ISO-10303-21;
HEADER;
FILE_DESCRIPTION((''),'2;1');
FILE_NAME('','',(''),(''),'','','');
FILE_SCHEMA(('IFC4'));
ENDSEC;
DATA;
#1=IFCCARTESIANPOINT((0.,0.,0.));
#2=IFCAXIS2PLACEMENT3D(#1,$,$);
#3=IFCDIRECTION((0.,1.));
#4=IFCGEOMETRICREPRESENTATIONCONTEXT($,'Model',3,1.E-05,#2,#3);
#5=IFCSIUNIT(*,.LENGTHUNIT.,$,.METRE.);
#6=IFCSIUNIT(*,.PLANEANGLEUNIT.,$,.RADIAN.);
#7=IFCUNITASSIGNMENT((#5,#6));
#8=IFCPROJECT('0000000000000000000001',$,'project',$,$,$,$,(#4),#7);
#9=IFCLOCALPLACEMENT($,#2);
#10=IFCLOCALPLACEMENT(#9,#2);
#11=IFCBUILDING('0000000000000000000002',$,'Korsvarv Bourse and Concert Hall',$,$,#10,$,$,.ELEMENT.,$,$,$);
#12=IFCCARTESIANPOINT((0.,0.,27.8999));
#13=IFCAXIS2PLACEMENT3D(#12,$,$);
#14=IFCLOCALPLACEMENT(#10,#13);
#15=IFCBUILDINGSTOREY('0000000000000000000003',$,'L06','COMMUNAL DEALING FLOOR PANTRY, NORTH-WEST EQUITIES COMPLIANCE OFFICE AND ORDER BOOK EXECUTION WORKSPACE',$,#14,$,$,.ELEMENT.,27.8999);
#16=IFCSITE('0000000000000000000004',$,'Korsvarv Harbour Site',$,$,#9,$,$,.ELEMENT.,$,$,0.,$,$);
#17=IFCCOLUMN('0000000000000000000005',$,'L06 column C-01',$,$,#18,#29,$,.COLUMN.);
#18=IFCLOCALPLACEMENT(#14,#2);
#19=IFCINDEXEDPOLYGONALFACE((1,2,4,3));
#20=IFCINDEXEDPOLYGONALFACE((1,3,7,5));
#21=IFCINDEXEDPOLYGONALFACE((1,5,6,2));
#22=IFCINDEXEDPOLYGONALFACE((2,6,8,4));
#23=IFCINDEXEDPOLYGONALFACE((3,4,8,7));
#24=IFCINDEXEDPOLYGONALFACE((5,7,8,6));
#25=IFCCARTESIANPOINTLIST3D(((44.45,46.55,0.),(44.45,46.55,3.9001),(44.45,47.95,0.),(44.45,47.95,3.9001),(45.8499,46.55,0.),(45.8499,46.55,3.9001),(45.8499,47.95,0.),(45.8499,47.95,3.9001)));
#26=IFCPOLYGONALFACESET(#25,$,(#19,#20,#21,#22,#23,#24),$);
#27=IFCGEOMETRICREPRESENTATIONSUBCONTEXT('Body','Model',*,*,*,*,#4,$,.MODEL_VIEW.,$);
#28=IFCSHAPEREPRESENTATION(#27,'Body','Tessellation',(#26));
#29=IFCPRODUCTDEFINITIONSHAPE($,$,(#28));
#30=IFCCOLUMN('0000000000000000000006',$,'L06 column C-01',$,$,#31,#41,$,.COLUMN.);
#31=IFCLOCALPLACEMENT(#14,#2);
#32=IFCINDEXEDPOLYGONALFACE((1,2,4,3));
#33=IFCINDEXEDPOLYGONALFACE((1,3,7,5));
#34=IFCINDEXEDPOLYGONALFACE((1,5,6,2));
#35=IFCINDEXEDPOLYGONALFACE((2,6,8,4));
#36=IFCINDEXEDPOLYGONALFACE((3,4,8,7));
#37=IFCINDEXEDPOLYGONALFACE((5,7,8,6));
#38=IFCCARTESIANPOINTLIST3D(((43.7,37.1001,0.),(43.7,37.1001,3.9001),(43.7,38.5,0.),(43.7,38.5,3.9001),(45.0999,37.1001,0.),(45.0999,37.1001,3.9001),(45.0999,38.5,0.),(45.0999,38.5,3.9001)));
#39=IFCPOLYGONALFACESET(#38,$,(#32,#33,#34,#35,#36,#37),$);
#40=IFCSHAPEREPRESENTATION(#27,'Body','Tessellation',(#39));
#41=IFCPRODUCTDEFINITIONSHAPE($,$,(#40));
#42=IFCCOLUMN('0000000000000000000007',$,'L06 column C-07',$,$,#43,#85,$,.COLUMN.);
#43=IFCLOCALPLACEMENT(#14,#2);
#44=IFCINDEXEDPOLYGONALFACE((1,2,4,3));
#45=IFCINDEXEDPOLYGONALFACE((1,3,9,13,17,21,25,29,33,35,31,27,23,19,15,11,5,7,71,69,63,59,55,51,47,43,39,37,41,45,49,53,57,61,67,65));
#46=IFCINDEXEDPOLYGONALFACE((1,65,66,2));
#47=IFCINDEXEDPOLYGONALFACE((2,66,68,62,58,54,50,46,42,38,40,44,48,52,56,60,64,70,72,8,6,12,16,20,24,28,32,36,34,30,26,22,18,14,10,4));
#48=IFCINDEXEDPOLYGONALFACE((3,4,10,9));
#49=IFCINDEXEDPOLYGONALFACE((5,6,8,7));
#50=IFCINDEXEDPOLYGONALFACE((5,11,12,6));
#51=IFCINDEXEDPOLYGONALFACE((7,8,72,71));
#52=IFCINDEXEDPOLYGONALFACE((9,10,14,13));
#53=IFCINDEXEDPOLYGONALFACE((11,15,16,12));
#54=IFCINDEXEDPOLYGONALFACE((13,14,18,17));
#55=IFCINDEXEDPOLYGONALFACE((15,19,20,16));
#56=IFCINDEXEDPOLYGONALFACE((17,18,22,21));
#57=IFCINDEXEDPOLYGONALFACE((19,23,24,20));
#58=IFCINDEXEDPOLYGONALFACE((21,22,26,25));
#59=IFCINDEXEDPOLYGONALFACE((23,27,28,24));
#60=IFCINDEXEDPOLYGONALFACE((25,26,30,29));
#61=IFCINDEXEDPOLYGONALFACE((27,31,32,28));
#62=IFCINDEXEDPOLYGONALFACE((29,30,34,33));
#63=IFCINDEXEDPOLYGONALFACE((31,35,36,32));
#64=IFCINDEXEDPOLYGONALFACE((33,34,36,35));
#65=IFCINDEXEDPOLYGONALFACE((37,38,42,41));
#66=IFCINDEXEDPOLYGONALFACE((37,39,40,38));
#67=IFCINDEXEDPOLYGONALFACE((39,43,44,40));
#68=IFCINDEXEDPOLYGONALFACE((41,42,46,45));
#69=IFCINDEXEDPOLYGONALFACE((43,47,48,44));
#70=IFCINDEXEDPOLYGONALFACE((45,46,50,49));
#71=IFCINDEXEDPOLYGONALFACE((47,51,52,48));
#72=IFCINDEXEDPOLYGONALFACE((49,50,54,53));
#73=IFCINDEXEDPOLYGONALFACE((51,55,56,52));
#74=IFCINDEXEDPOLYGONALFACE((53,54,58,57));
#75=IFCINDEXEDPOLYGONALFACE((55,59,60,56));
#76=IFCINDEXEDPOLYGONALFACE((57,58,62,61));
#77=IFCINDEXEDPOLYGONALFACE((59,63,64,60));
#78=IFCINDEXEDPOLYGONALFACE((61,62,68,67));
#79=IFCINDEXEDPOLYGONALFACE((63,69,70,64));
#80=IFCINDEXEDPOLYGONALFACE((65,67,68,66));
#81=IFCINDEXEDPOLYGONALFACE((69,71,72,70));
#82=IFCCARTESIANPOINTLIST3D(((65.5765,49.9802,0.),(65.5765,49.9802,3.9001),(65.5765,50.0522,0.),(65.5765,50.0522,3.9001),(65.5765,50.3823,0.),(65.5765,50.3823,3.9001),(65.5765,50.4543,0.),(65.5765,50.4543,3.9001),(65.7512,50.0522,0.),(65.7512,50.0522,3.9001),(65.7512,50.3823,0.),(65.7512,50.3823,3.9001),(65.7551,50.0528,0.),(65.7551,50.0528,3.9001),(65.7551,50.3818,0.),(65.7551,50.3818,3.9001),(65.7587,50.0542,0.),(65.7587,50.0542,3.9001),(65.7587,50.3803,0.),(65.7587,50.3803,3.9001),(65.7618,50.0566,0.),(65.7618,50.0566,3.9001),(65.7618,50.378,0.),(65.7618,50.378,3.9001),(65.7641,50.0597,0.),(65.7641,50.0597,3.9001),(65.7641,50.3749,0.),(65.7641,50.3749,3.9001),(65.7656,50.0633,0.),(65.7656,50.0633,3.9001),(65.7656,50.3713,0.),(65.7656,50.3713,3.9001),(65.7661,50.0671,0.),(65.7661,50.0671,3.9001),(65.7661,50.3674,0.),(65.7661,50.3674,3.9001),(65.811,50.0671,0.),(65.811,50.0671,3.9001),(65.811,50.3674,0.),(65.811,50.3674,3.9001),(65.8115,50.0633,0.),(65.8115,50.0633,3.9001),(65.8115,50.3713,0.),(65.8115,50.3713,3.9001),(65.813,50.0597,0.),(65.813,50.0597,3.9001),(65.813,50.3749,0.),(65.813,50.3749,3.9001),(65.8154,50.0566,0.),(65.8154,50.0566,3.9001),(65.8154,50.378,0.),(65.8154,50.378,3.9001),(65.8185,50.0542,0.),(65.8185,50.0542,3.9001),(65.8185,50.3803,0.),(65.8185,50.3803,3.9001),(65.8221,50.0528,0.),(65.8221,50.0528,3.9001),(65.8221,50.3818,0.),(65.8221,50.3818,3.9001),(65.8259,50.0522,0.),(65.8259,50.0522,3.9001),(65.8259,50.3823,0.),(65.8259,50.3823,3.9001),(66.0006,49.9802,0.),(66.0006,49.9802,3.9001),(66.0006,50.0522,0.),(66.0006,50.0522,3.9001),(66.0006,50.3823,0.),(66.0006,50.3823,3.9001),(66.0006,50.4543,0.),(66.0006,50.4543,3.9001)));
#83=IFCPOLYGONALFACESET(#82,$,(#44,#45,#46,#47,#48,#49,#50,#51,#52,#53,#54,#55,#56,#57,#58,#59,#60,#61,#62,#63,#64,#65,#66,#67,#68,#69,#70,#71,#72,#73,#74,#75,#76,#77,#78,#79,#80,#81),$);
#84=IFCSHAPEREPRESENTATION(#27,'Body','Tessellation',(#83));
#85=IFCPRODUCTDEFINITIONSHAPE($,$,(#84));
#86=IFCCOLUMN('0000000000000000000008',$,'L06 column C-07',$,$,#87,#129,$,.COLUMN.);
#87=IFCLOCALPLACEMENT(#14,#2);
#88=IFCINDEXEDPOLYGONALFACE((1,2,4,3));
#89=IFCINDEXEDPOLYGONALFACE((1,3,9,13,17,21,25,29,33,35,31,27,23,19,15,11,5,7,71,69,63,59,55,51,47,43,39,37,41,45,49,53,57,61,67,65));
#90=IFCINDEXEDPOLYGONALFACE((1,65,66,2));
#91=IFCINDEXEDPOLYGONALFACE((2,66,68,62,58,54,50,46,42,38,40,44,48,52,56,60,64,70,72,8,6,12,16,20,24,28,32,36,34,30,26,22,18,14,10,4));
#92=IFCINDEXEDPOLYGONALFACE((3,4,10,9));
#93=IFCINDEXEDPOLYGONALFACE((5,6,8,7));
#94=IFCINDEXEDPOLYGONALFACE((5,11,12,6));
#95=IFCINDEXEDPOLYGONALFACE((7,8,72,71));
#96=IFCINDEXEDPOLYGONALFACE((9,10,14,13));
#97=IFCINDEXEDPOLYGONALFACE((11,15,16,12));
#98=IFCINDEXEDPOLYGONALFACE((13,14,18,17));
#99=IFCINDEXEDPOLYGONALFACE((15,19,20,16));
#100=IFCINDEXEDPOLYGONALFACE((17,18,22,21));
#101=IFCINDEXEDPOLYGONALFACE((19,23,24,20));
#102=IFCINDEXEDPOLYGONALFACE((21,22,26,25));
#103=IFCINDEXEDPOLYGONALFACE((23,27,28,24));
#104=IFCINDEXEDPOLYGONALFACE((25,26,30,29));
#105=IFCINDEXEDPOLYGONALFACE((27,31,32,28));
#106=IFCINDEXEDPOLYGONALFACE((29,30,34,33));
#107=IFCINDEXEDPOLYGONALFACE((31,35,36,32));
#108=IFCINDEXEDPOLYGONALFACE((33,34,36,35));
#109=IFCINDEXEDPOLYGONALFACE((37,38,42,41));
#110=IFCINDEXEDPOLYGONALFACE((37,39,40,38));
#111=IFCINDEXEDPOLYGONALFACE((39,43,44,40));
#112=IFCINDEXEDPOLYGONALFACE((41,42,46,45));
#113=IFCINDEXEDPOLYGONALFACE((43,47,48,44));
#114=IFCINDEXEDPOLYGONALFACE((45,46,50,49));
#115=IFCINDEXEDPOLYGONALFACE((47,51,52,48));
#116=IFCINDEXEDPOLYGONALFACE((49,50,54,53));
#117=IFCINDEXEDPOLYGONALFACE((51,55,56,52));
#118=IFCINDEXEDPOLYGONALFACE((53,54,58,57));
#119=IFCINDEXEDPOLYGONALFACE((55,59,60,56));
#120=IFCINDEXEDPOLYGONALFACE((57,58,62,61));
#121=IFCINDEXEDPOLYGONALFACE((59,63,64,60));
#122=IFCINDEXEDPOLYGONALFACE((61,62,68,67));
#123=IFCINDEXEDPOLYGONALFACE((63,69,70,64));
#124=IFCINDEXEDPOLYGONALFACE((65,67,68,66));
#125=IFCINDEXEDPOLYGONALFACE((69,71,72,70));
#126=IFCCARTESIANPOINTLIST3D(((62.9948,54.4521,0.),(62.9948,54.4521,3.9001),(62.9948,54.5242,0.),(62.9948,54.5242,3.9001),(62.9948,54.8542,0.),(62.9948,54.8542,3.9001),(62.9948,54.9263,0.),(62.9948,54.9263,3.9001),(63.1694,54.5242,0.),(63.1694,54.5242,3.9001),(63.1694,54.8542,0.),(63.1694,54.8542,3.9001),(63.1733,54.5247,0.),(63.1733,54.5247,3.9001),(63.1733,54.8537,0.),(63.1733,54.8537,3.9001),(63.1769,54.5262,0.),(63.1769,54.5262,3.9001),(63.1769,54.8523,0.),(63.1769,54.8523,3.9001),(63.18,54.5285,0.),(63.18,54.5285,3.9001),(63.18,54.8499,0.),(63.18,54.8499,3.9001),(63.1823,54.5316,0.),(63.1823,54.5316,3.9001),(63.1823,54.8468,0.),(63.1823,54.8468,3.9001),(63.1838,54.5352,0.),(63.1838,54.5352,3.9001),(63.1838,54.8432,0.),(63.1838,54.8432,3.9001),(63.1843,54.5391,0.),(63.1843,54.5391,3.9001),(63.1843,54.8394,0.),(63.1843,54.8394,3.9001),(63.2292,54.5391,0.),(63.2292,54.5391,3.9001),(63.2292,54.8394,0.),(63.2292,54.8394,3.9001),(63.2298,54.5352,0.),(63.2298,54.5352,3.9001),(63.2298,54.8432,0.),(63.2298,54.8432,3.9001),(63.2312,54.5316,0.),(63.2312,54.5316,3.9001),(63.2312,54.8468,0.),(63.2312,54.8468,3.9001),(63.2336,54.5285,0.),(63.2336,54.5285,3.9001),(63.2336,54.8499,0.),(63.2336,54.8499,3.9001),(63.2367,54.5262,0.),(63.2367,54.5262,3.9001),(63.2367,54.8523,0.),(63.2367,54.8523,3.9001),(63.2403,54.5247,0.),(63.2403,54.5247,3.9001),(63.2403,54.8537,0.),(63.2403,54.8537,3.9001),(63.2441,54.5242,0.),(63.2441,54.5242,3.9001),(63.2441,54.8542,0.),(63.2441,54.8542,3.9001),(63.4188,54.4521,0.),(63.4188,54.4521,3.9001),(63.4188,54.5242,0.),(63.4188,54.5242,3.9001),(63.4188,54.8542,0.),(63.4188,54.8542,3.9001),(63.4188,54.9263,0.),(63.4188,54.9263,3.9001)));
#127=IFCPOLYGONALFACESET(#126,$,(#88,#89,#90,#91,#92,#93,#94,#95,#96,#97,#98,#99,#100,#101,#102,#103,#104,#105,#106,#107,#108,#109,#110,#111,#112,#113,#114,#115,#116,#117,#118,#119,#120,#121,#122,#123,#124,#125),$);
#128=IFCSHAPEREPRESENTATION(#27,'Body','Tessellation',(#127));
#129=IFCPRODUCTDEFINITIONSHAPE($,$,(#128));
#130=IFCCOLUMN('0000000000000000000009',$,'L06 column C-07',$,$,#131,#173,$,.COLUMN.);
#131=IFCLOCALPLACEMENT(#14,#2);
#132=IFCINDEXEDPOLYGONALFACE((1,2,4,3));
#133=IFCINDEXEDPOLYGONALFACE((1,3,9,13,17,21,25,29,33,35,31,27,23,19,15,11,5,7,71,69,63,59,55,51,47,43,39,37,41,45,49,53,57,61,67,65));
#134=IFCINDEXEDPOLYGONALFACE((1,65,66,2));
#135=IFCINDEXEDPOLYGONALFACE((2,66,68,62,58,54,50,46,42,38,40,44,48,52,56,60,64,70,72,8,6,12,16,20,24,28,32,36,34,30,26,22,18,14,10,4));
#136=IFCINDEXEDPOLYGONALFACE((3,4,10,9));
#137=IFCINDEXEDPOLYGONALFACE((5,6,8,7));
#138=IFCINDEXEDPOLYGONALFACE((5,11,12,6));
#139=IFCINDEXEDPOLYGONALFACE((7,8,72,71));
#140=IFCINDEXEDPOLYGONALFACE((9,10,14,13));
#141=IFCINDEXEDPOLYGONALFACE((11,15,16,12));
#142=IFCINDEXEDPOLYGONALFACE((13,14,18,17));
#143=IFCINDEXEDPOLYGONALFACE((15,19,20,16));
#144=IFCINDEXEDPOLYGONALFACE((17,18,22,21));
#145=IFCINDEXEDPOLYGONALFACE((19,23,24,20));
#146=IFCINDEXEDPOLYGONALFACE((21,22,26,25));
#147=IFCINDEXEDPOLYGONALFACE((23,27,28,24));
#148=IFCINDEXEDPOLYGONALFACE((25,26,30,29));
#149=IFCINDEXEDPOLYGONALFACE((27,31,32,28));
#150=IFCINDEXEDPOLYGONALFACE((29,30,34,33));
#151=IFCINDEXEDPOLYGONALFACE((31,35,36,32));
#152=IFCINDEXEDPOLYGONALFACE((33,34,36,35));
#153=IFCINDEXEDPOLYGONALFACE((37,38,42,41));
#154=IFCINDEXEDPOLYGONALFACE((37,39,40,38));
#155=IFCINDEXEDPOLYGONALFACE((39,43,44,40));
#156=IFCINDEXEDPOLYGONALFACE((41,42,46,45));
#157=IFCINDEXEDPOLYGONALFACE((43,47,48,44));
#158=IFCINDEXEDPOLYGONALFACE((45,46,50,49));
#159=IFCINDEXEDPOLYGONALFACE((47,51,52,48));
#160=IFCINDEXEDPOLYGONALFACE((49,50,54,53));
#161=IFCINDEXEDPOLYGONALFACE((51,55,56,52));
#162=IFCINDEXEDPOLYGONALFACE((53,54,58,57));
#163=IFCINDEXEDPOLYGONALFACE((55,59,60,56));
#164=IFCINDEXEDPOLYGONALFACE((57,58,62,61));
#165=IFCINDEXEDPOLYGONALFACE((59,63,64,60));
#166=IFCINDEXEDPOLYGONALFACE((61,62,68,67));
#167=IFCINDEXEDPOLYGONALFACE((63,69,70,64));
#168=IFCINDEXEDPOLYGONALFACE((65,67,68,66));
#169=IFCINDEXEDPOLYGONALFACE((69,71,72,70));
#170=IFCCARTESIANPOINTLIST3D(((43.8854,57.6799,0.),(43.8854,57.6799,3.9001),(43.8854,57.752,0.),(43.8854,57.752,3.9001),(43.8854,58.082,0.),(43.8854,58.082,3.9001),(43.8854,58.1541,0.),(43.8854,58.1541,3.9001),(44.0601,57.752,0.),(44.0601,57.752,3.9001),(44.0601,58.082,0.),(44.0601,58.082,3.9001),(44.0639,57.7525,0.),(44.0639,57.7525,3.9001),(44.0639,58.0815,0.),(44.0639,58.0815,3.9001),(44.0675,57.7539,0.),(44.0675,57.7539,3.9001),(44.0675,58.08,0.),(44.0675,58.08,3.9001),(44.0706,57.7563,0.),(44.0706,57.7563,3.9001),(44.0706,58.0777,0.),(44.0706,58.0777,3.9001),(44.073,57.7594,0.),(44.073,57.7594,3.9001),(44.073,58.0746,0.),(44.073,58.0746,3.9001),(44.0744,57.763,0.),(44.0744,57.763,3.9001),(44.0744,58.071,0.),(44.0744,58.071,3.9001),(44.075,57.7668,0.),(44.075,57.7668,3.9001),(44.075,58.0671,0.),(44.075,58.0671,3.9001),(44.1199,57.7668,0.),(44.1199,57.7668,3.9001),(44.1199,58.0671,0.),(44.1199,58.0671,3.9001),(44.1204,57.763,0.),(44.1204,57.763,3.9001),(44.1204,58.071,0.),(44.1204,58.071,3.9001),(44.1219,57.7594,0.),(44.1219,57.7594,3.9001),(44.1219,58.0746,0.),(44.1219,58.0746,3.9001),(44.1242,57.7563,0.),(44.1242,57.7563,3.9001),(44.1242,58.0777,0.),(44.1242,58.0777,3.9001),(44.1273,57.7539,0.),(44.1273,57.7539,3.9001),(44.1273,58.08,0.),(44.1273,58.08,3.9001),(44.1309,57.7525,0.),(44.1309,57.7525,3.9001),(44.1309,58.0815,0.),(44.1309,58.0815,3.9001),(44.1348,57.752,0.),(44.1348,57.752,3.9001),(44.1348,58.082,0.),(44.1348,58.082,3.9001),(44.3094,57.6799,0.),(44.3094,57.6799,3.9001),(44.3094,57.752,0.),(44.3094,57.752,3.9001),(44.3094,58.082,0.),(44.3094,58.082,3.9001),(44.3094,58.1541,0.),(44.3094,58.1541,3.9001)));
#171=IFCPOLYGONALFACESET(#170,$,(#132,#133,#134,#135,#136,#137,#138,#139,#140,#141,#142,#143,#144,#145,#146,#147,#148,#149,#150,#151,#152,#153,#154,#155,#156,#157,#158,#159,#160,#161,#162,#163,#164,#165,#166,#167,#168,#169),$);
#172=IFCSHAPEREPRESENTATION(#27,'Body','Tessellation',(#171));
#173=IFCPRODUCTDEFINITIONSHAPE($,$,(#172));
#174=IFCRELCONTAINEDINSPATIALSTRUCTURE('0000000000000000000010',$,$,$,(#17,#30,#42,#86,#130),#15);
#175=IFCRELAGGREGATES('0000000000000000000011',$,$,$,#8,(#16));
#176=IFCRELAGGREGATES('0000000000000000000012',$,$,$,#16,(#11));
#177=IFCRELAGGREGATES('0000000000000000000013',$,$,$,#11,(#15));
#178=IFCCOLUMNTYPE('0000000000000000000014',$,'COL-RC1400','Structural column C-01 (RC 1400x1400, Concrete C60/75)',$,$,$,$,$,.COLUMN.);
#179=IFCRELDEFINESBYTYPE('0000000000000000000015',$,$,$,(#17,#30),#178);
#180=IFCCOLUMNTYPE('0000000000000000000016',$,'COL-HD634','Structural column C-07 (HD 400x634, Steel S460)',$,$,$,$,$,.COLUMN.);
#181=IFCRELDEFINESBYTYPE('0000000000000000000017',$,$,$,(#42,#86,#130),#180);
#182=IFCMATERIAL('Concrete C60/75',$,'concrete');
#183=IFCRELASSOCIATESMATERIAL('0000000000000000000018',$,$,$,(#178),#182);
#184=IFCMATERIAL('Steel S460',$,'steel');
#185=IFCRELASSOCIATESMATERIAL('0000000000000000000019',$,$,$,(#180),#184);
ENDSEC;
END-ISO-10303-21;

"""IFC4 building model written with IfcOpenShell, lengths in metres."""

from ifc_helpers import new_model, si_unit, direction, frame, origin, origin_2d, place, context, subcontext, project, spatial, rectangle, i_section, extrude, source, transform, mapped, material, material_profile, profile_set, type_object, element, save


model = new_model("IFC4")

# Units and contexts
model_context = context("Model", 3, precision=1e-05, world=origin(), true_north=direction((0.0, 1.0)))
body_context = subcontext(model_context, "Body", "Model", "MODEL_VIEW")
ifc_project = project(units=[si_unit("LENGTHUNIT", "METRE"), si_unit("PLANEANGLEUNIT", "RADIAN")], contexts=[model_context])

# Site, building, storey
site_placement = place(None, origin())
site = spatial("IfcSite", under=ifc_project, at=site_placement, Name="Korsvarv Harbour Site", CompositionType="ELEMENT", RefElevation=0.0)
building_placement = place(site_placement, origin())
building = spatial("IfcBuilding", under=site, at=building_placement, Name="Korsvarv Bourse and Concert Hall", CompositionType="ELEMENT")
storey_placement = place(building_placement, frame((0.0, 0.0, 27.8999)))
storey = spatial("IfcBuildingStorey", under=building, at=storey_placement, Name="L06", Description="COMMUNAL DEALING FLOOR PANTRY, NORTH-WEST EQUITIES COMPLIANCE OFFICE AND ORDER BOOK EXECUTION WORKSPACE", CompositionType="ELEMENT", Elevation=27.8999)

# Columns
ifc_material_1 = material(Name="Concrete C60/75", Category="concrete")
ifc_material_profile_1 = material_profile(ifc_material_1, rectangle(XDim=1.3999, YDim=1.3999, at=origin_2d()), Name="RC 1400x1400")
ifc_profile_set_1 = profile_set([ifc_material_profile_1], Name="Concrete C60/75")
column_type_1 = type_object("IfcColumnType", Name="COL-RC1400", Description="Structural column C-01 (RC 1400x1400, Concrete C60/75)", PredefinedType="COLUMN", material=ifc_profile_set_1)
shared_shape_1 = source(origin(), body_context, "Body", "SweptSolid", [
    extrude(rectangle(XDim=1.3999, YDim=1.3999, at=origin_2d()), origin(), (0.0, 0.0, 1.0), 3.9001),
])
for number, where, z_axis, x_axis, name in (
    (1, (45.1499, 47.25, 0.0), (0.0, 0.0, 1.0), (1.0, 0.0, 0.0), "L06 column C-01"),
    (2, (44.3999, 37.8, 0.0), (0.0, 0.0, 1.0), (1.0, 0.0, 0.0), "L06 column C-01"),
):
    element("IfcColumn", number, at=place(storey_placement, frame(where, z_axis=z_axis, x_axis=x_axis)), inside=storey, type_object=column_type_1, Name=name, PredefinedType="COLUMN", context=body_context, shape_type="MappedRepresentation", body=[
        mapped(shared_shape_1, transform((0.0, 0.0, 0.0), scale=1.0)),
    ])
ifc_material_2 = material(Name="Steel S460", Category="steel")
ifc_material_profile_2 = material_profile(ifc_material_2, i_section(OverallWidth=0.4241, OverallDepth=0.4741, WebThickness=0.0449, FlangeThickness=0.072, FilletRadius=0.0149, at=origin_2d()), Name="HD 400x634")
ifc_profile_set_2 = profile_set([ifc_material_profile_2], Name="Steel S460")
column_type_2 = type_object("IfcColumnType", Name="COL-HD634", Description="Structural column C-07 (HD 400x634, Steel S460)", PredefinedType="COLUMN", material=ifc_profile_set_2)
shared_shape_2 = source(origin(), body_context, "Body", "SweptSolid", [
    extrude(i_section(OverallWidth=0.4241, OverallDepth=0.4741, WebThickness=0.0449, FlangeThickness=0.072, FilletRadius=0.0149, at=origin_2d()), origin(), (0.0, 0.0, 1.0), 3.9001),
])
for number, where, z_axis, x_axis, name in (
    (3, (65.7886, 50.2173, 0.0), (0.0, 0.0, 1.0), (1.0, 0.0, 0.0), "L06 column C-07"),
    (4, (63.2068, 54.6892, 0.0), (0.0, 0.0, 1.0), (1.0, 0.0, 0.0), "L06 column C-07"),
    (5, (44.0974, 57.917, 0.0), (0.0, 0.0, 1.0), (1.0, 0.0, 0.0), "L06 column C-07"),
):
    element("IfcColumn", number, at=place(storey_placement, frame(where, z_axis=z_axis, x_axis=x_axis)), inside=storey, type_object=column_type_2, Name=name, PredefinedType="COLUMN", context=body_context, shape_type="MappedRepresentation", body=[
        mapped(shared_shape_2, transform((0.0, 0.0, 0.0), scale=1.0)),
    ])

save(model, "model.ifc")
